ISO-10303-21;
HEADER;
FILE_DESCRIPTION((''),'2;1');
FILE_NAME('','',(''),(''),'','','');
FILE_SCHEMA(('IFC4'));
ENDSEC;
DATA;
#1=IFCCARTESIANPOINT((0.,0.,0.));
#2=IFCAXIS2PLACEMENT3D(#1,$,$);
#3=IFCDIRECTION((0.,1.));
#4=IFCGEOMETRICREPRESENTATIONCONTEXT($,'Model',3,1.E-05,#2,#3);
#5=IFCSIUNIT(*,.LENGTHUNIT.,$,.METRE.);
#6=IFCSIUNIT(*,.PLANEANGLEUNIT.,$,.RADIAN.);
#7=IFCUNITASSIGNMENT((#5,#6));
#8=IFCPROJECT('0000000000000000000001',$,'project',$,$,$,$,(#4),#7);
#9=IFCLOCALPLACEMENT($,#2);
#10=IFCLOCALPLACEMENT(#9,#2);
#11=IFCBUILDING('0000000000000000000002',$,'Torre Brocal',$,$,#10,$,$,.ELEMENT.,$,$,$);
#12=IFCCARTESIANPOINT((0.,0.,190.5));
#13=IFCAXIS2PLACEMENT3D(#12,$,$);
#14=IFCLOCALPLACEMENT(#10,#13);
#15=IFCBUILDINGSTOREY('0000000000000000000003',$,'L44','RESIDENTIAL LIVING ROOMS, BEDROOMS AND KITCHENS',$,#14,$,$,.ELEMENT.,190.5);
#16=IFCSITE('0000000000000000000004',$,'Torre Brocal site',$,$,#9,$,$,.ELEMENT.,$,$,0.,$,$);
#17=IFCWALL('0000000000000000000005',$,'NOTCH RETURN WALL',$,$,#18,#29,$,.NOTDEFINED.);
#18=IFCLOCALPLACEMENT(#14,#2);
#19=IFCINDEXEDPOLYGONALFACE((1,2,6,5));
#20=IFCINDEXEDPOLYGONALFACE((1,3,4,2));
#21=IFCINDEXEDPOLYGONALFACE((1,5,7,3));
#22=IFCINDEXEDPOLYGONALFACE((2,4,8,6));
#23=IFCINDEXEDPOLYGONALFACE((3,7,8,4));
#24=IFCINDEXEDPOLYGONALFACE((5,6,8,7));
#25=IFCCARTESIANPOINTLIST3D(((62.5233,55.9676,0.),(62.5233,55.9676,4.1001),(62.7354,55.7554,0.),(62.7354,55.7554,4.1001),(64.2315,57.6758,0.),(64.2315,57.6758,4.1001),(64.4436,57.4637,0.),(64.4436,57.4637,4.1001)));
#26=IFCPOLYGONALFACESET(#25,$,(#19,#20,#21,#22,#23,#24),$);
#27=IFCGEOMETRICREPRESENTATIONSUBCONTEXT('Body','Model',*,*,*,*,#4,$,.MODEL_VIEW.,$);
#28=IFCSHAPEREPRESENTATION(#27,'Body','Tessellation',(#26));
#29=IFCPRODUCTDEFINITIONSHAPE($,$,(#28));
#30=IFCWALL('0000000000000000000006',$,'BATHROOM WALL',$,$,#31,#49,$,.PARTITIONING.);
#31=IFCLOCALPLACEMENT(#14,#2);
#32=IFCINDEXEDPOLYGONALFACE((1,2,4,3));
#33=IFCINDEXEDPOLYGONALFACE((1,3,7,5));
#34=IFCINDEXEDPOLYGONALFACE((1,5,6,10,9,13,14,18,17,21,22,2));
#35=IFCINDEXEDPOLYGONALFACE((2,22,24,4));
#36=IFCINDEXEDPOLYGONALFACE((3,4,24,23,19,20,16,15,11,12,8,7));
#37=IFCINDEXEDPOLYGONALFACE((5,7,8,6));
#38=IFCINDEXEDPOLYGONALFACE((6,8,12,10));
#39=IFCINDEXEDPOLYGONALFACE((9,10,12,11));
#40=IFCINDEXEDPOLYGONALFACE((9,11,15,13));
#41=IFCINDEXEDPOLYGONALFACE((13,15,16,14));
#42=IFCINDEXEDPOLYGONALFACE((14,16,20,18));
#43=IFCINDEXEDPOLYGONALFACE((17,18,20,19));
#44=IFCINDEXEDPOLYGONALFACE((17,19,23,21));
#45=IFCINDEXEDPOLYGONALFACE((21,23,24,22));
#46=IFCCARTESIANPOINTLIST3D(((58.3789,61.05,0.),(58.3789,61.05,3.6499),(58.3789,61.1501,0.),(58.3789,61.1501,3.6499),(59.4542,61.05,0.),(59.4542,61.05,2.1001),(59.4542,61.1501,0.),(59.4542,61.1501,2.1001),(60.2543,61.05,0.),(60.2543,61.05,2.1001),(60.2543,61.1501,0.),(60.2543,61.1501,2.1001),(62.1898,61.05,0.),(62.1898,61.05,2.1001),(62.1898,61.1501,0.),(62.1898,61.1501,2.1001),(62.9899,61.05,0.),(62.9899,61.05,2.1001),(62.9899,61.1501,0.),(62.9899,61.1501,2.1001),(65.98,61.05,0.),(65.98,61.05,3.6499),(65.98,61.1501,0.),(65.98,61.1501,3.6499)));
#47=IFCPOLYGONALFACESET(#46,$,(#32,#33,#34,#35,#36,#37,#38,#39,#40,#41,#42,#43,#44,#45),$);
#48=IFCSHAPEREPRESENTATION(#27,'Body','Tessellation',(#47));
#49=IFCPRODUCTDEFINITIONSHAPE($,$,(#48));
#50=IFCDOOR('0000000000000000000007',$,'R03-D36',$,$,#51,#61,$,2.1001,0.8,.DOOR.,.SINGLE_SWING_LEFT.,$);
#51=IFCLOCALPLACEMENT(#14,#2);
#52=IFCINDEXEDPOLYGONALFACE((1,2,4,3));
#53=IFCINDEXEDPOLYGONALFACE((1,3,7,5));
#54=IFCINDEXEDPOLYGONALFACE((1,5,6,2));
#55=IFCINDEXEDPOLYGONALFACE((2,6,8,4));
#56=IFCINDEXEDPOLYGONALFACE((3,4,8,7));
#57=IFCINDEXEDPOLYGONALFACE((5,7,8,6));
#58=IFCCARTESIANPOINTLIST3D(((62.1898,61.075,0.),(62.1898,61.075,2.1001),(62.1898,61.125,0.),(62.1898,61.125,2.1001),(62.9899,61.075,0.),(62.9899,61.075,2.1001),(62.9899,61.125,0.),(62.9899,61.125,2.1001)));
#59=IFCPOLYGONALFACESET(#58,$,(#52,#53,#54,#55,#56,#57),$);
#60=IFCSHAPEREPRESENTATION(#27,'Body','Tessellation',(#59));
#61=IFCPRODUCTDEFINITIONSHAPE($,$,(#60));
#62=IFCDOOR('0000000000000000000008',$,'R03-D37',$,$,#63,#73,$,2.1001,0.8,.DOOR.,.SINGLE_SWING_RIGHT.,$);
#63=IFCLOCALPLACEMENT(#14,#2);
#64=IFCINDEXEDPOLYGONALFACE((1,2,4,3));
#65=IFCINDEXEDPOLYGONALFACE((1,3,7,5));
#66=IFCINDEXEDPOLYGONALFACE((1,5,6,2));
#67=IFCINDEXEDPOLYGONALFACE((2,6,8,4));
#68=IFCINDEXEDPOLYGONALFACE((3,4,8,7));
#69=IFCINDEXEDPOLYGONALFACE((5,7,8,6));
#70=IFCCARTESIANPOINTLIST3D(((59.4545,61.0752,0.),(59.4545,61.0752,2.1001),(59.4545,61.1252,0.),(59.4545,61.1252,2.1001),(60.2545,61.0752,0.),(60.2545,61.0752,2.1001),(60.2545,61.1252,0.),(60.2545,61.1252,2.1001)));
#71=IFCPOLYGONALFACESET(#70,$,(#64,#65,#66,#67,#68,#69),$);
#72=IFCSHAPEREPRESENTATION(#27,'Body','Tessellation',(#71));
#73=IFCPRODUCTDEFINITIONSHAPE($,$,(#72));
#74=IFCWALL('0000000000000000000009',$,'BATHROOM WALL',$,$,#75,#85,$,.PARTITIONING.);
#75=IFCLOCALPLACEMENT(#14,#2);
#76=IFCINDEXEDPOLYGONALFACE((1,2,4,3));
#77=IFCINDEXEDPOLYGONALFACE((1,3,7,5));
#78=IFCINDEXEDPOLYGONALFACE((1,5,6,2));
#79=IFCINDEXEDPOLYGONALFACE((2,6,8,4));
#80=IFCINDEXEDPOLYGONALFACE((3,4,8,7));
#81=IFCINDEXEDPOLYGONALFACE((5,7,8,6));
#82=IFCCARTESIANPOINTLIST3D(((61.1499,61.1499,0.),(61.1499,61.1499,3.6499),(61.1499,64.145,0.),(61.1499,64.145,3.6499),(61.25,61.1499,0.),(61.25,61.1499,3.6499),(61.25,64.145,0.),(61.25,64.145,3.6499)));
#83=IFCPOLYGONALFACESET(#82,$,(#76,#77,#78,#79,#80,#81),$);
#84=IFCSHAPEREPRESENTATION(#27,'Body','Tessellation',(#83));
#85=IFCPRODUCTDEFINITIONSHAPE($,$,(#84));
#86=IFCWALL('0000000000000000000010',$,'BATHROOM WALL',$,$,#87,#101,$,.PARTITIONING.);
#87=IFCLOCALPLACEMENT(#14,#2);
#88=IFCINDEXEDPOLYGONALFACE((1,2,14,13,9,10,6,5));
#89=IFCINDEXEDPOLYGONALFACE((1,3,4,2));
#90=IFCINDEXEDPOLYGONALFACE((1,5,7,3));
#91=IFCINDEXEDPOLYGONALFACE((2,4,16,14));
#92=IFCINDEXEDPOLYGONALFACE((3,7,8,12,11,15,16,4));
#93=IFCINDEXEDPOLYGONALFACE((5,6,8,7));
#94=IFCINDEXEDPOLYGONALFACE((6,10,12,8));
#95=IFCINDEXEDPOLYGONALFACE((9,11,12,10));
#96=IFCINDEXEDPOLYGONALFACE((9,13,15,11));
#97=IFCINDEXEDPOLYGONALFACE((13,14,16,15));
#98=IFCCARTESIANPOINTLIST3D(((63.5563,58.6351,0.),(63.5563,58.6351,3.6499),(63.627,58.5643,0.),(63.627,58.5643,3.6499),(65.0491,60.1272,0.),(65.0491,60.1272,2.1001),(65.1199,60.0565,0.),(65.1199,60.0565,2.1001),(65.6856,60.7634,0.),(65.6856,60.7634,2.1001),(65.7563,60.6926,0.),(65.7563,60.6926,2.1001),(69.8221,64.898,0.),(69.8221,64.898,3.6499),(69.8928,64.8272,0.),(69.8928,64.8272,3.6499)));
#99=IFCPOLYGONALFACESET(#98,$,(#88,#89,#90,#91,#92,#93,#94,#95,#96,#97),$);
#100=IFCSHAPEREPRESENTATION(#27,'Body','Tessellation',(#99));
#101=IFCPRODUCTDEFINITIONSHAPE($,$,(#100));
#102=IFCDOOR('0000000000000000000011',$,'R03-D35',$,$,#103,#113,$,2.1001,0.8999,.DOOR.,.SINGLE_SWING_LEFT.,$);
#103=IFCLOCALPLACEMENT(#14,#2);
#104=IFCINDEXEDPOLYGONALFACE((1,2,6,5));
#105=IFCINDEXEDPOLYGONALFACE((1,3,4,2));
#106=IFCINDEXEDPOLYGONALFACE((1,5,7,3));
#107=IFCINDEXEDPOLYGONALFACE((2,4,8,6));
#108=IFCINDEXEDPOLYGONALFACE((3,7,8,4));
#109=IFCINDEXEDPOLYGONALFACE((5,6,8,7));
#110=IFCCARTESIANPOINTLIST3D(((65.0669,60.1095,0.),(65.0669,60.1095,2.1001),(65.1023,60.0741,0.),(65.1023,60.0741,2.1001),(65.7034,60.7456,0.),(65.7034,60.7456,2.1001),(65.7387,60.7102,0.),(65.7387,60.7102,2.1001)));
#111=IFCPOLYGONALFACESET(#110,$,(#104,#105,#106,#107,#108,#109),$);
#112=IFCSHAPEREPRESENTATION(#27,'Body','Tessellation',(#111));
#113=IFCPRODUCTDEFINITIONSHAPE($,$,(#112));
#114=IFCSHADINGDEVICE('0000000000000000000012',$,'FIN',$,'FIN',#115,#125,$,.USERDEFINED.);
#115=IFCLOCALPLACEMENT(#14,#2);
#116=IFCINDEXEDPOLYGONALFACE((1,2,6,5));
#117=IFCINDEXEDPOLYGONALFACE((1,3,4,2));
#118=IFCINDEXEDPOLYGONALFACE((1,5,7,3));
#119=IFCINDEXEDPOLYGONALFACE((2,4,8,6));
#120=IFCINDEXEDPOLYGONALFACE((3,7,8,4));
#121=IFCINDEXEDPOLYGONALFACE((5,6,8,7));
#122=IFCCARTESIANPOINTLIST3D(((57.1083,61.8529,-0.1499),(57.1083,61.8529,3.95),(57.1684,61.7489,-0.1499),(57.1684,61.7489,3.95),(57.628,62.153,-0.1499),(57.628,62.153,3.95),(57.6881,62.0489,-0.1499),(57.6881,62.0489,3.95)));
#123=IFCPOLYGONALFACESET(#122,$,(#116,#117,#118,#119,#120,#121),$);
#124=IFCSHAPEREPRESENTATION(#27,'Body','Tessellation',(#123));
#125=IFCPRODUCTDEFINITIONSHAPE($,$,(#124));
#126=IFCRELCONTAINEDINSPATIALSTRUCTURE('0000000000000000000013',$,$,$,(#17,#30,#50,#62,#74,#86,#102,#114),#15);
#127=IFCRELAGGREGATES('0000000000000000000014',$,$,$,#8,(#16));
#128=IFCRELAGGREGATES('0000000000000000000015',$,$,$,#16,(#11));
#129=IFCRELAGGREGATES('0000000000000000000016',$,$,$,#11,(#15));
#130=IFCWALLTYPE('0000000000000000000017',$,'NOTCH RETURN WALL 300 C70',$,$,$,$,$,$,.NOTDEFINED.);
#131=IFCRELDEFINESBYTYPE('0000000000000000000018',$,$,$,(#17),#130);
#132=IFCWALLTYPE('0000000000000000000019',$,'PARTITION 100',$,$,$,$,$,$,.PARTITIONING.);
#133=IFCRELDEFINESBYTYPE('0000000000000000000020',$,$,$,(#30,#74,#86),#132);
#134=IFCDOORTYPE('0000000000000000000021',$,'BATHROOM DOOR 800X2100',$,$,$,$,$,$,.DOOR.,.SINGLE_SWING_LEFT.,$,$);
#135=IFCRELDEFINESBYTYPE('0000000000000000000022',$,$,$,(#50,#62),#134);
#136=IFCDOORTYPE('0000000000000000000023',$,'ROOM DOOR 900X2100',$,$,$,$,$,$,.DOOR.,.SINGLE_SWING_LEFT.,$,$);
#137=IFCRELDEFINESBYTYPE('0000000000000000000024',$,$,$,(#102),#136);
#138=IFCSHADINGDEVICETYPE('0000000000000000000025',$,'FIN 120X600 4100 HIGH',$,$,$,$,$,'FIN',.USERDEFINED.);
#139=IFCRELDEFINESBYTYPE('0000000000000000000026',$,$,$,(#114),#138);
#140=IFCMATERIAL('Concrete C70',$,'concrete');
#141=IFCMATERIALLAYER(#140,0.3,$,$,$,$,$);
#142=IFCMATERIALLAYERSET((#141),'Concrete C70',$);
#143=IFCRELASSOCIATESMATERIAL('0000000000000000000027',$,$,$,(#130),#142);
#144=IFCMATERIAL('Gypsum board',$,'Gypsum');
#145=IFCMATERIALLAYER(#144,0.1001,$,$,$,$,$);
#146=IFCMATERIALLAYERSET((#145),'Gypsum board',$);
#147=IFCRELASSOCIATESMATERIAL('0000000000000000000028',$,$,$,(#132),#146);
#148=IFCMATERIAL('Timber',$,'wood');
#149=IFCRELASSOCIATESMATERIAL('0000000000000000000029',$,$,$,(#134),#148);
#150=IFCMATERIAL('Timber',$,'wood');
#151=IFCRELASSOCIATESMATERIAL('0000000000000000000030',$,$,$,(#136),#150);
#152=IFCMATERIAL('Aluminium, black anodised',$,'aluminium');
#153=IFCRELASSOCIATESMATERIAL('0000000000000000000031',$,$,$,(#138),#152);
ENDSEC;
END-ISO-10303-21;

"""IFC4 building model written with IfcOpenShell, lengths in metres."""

from ifc_helpers import new_model, si_unit, direction, frame, frame_2d, origin, origin_2d, place, context, subcontext, project, spatial, rectangle, extrude, material, layer, layer_set, material_profile, profile_set, type_object, element, fill, save


model = new_model("IFC4")

# Units and contexts
model_context = context("Model", 3, precision=1e-05, world=origin(), true_north=direction((0.0, 1.0)))
body_context = subcontext(model_context, "Body", "Model", "MODEL_VIEW")
ifc_project = project(units=[si_unit("LENGTHUNIT", "METRE"), si_unit("PLANEANGLEUNIT", "RADIAN")], contexts=[model_context])

# Site, building, storey
site_placement = place(None, origin())
site = spatial("IfcSite", under=ifc_project, at=site_placement, Name="Torre Brocal site", CompositionType="ELEMENT", RefElevation=0.0)
building_placement = place(site_placement, origin())
building = spatial("IfcBuilding", under=site, at=building_placement, Name="Torre Brocal", CompositionType="ELEMENT")
storey_placement = place(building_placement, frame((0.0, 0.0, 190.5)))
storey = spatial("IfcBuildingStorey", under=building, at=storey_placement, Name="L44", Description="RESIDENTIAL LIVING ROOMS, BEDROOMS AND KITCHENS", CompositionType="ELEMENT", Elevation=190.5)

# Wall
ifc_material_1 = material(Name="Concrete C70", Category="concrete")
ifc_layer_1 = layer(ifc_material_1, 0.3)
ifc_layer_set_1 = layer_set([ifc_layer_1], Name="Concrete C70")
wall_type_1 = type_object("IfcWallType", Name="NOTCH RETURN WALL 300 C70", PredefinedType="NOTDEFINED", material=ifc_layer_set_1)
for number, where, z_axis, x_axis, name in (
    (1, (64.3376, 57.5698, 0.0), (0.0, 0.0, 1.0), (-0.707107, -0.707107, 0.0), "NOTCH RETURN WALL"),
):
    element("IfcWall", number, at=place(storey_placement, frame(where, z_axis=z_axis, x_axis=x_axis)), inside=storey, type_object=wall_type_1, Name=name, PredefinedType="NOTDEFINED", context=body_context, shape_type="SweptSolid", body=[
        extrude(rectangle(XDim=2.4158, YDim=0.3, at=frame_2d((1.208, 0.0))), origin(), (0.0, 0.0, 1.0), 4.1001),
    ])

# Wall, openings, doors
ifc_material_2 = material(Name="Gypsum board", Category="Gypsum")
ifc_layer_2 = layer(ifc_material_2, 0.1001)
ifc_layer_set_2 = layer_set([ifc_layer_2], Name="Gypsum board")
wall_type_2 = type_object("IfcWallType", Name="PARTITION 100", PredefinedType="PARTITIONING", material=ifc_layer_set_2)
wall_1_placement = place(storey_placement, frame((58.3789, 61.1001, 0.0), z_axis=(0.0, 0.0, 1.0), x_axis=(1.0, 0.0, 0.0)))
wall_1 = element("IfcWall", 2, at=wall_1_placement, inside=storey, type_object=wall_type_2, Name="BATHROOM WALL", PredefinedType="PARTITIONING", context=body_context, shape_type="SweptSolid", body=[
    extrude(rectangle(XDim=7.6011, YDim=0.1001, at=frame_2d((3.8005, 0.0))), origin(), (0.0, 0.0, 1.0), 3.6499),
])
opening_1_placement = place(wall_1_placement, frame((3.811, 0.0, 0.0)))
opening_1 = element("IfcOpeningElement", 3, at=opening_1_placement, cuts=wall_1, PredefinedType="OPENING", context=body_context, shape_type="SweptSolid", body=[
    extrude(rectangle(XDim=0.8, YDim=2.1001, at=frame_2d((0.3999, 1.05))), frame((0.0, 0.0601, 0.0), z_axis=(0.0, -1.0, 0.0), x_axis=(1.0, 0.0, 0.0)), (0.0, 0.0, 1.0), 0.1201),
])
opening_2_placement = place(wall_1_placement, frame((1.0754, 0.0, 0.0)))
opening_2 = element("IfcOpeningElement", 4, at=opening_2_placement, cuts=wall_1, PredefinedType="OPENING", context=body_context, shape_type="SweptSolid", body=[
    extrude(rectangle(XDim=0.8, YDim=2.1001, at=frame_2d((0.3999, 1.05))), frame((0.0, 0.0601, 0.0), z_axis=(0.0, -1.0, 0.0), x_axis=(1.0, 0.0, 0.0)), (0.0, 0.0, 1.0), 0.1201),
])
ifc_material_3 = material(Name="Timber", Category="wood")
door_type_1 = type_object("IfcDoorType", Name="BATHROOM DOOR 800X2100", OperationType="SINGLE_SWING_LEFT", PredefinedType="DOOR", material=ifc_material_3)
door_1_placement = place(opening_1_placement, origin())
door_1 = element("IfcDoor", 5, at=door_1_placement, inside=storey, type_object=door_type_1, Name="R03-D36", OperationType="SINGLE_SWING_LEFT", OverallHeight=2.1001, OverallWidth=0.8, PredefinedType="DOOR", context=body_context, shape_type="SweptSolid", body=[
    extrude(rectangle(XDim=0.8, YDim=2.1001, at=frame_2d((0.3999, 1.05))), frame((0.0, 0.0249, 0.0), z_axis=(0.0, -1.0, 0.0), x_axis=(1.0, 0.0, 0.0)), (0.0, 0.0, 1.0), 0.05),
])
fill(opening_1, door_1)
door_2_placement = place(opening_2_placement, frame((0.8, 0.0, 0.0), z_axis=(0.0, 0.0, 1.0), x_axis=(-1.0, 0.0, 0.0)))
door_2 = element("IfcDoor", 6, at=door_2_placement, inside=storey, type_object=door_type_1, Name="R03-D37", OperationType="SINGLE_SWING_RIGHT", OverallHeight=2.1001, OverallWidth=0.8, PredefinedType="DOOR", context=body_context, shape_type="SweptSolid", body=[
    extrude(rectangle(XDim=0.8, YDim=2.1001, at=frame_2d((0.3999, 1.05))), frame((0.0, 0.0249, 0.0), z_axis=(0.0, -1.0, 0.0), x_axis=(1.0, 0.0, 0.0)), (0.0, 0.0, 1.0), 0.05),
])
fill(opening_2, door_2)

# Wall
wall_2_placement = place(storey_placement, frame((61.2, 61.1499, 0.0), z_axis=(0.0, 0.0, 1.0), x_axis=(0.0, 1.0, 0.0)))
element("IfcWall", 7, at=wall_2_placement, inside=storey, type_object=wall_type_2, Name="BATHROOM WALL", PredefinedType="PARTITIONING", context=body_context, shape_type="SweptSolid", body=[
    extrude(rectangle(XDim=2.9951, YDim=0.1001, at=frame_2d((1.4976, 0.0))), origin(), (0.0, 0.0, 1.0), 3.6499),
])

# Wall, opening, door
wall_3_placement = place(storey_placement, frame((63.5916, 58.5996, 0.0), z_axis=(0.0, 0.0, 1.0), x_axis=(0.707272, 0.706941, 0.0)))
wall_3 = element("IfcWall", 8, at=wall_3_placement, inside=storey, type_object=wall_type_2, Name="BATHROOM WALL", PredefinedType="PARTITIONING", context=body_context, shape_type="SweptSolid", body=[
    extrude(rectangle(XDim=8.8591, YDim=0.1001, at=frame_2d((4.4297, 0.0))), origin(), (0.0, 0.0, 1.0), 3.6499),
])
opening_3_placement = place(wall_3_placement, frame((2.1108, 0.0, 0.0)))
opening_3 = element("IfcOpeningElement", 9, at=opening_3_placement, cuts=wall_3, PredefinedType="OPENING", context=body_context, shape_type="SweptSolid", body=[
    extrude(rectangle(XDim=0.8999, YDim=2.1001, at=frame_2d((0.45, 1.05))), frame((0.0, 0.0601, 0.0), z_axis=(0.0, -1.0, 0.0), x_axis=(1.0, 0.0, 0.0)), (0.0, 0.0, 1.0), 0.1201),
])
ifc_material_4 = material(Name="Timber", Category="wood")
door_type_2 = type_object("IfcDoorType", Name="ROOM DOOR 900X2100", OperationType="SINGLE_SWING_LEFT", PredefinedType="DOOR", material=ifc_material_4)
door_3_placement = place(opening_3_placement, origin())
door_3 = element("IfcDoor", 10, at=door_3_placement, inside=storey, type_object=door_type_2, Name="R03-D35", OperationType="SINGLE_SWING_LEFT", OverallHeight=2.1001, OverallWidth=0.8999, PredefinedType="DOOR", context=body_context, shape_type="SweptSolid", body=[
    extrude(rectangle(XDim=0.8999, YDim=2.1001, at=frame_2d((0.45, 1.05))), frame((0.0, 0.0249, 0.0), z_axis=(0.0, -1.0, 0.0), x_axis=(1.0, 0.0, 0.0)), (0.0, 0.0, 1.0), 0.05),
])
fill(opening_3, door_3)

# Shading device
ifc_material_5 = material(Name="Aluminium, black anodised", Category="aluminium")
ifc_material_profile_1 = material_profile(ifc_material_5, rectangle(XDim=0.1201, YDim=0.6001, at=origin_2d()), Name="FIN 120X600 4100 HIGH")
ifc_profile_set_1 = profile_set([ifc_material_profile_1], Name="Aluminium, black anodised")
shading_device_type = type_object("IfcShadingDeviceType", Name="FIN 120X600 4100 HIGH", ElementType="FIN", PredefinedType="USERDEFINED", material=ifc_profile_set_1)
shading_device_placement = place(storey_placement, frame((57.3982, 61.9509, -0.1499), z_axis=(0.0, 0.0, 1.0), x_axis=(0.5, -0.866025, 0.0)))
element("IfcShadingDevice", 11, at=shading_device_placement, inside=storey, type_object=shading_device_type, Name="FIN", ObjectType="FIN", PredefinedType="USERDEFINED", context=body_context, shape_type="SweptSolid", body=[
    extrude(rectangle(XDim=0.1201, YDim=0.6001, at=origin_2d()), origin(), (0.0, 0.0, 1.0), 4.0999),
])

save(model, "model.ifc")
